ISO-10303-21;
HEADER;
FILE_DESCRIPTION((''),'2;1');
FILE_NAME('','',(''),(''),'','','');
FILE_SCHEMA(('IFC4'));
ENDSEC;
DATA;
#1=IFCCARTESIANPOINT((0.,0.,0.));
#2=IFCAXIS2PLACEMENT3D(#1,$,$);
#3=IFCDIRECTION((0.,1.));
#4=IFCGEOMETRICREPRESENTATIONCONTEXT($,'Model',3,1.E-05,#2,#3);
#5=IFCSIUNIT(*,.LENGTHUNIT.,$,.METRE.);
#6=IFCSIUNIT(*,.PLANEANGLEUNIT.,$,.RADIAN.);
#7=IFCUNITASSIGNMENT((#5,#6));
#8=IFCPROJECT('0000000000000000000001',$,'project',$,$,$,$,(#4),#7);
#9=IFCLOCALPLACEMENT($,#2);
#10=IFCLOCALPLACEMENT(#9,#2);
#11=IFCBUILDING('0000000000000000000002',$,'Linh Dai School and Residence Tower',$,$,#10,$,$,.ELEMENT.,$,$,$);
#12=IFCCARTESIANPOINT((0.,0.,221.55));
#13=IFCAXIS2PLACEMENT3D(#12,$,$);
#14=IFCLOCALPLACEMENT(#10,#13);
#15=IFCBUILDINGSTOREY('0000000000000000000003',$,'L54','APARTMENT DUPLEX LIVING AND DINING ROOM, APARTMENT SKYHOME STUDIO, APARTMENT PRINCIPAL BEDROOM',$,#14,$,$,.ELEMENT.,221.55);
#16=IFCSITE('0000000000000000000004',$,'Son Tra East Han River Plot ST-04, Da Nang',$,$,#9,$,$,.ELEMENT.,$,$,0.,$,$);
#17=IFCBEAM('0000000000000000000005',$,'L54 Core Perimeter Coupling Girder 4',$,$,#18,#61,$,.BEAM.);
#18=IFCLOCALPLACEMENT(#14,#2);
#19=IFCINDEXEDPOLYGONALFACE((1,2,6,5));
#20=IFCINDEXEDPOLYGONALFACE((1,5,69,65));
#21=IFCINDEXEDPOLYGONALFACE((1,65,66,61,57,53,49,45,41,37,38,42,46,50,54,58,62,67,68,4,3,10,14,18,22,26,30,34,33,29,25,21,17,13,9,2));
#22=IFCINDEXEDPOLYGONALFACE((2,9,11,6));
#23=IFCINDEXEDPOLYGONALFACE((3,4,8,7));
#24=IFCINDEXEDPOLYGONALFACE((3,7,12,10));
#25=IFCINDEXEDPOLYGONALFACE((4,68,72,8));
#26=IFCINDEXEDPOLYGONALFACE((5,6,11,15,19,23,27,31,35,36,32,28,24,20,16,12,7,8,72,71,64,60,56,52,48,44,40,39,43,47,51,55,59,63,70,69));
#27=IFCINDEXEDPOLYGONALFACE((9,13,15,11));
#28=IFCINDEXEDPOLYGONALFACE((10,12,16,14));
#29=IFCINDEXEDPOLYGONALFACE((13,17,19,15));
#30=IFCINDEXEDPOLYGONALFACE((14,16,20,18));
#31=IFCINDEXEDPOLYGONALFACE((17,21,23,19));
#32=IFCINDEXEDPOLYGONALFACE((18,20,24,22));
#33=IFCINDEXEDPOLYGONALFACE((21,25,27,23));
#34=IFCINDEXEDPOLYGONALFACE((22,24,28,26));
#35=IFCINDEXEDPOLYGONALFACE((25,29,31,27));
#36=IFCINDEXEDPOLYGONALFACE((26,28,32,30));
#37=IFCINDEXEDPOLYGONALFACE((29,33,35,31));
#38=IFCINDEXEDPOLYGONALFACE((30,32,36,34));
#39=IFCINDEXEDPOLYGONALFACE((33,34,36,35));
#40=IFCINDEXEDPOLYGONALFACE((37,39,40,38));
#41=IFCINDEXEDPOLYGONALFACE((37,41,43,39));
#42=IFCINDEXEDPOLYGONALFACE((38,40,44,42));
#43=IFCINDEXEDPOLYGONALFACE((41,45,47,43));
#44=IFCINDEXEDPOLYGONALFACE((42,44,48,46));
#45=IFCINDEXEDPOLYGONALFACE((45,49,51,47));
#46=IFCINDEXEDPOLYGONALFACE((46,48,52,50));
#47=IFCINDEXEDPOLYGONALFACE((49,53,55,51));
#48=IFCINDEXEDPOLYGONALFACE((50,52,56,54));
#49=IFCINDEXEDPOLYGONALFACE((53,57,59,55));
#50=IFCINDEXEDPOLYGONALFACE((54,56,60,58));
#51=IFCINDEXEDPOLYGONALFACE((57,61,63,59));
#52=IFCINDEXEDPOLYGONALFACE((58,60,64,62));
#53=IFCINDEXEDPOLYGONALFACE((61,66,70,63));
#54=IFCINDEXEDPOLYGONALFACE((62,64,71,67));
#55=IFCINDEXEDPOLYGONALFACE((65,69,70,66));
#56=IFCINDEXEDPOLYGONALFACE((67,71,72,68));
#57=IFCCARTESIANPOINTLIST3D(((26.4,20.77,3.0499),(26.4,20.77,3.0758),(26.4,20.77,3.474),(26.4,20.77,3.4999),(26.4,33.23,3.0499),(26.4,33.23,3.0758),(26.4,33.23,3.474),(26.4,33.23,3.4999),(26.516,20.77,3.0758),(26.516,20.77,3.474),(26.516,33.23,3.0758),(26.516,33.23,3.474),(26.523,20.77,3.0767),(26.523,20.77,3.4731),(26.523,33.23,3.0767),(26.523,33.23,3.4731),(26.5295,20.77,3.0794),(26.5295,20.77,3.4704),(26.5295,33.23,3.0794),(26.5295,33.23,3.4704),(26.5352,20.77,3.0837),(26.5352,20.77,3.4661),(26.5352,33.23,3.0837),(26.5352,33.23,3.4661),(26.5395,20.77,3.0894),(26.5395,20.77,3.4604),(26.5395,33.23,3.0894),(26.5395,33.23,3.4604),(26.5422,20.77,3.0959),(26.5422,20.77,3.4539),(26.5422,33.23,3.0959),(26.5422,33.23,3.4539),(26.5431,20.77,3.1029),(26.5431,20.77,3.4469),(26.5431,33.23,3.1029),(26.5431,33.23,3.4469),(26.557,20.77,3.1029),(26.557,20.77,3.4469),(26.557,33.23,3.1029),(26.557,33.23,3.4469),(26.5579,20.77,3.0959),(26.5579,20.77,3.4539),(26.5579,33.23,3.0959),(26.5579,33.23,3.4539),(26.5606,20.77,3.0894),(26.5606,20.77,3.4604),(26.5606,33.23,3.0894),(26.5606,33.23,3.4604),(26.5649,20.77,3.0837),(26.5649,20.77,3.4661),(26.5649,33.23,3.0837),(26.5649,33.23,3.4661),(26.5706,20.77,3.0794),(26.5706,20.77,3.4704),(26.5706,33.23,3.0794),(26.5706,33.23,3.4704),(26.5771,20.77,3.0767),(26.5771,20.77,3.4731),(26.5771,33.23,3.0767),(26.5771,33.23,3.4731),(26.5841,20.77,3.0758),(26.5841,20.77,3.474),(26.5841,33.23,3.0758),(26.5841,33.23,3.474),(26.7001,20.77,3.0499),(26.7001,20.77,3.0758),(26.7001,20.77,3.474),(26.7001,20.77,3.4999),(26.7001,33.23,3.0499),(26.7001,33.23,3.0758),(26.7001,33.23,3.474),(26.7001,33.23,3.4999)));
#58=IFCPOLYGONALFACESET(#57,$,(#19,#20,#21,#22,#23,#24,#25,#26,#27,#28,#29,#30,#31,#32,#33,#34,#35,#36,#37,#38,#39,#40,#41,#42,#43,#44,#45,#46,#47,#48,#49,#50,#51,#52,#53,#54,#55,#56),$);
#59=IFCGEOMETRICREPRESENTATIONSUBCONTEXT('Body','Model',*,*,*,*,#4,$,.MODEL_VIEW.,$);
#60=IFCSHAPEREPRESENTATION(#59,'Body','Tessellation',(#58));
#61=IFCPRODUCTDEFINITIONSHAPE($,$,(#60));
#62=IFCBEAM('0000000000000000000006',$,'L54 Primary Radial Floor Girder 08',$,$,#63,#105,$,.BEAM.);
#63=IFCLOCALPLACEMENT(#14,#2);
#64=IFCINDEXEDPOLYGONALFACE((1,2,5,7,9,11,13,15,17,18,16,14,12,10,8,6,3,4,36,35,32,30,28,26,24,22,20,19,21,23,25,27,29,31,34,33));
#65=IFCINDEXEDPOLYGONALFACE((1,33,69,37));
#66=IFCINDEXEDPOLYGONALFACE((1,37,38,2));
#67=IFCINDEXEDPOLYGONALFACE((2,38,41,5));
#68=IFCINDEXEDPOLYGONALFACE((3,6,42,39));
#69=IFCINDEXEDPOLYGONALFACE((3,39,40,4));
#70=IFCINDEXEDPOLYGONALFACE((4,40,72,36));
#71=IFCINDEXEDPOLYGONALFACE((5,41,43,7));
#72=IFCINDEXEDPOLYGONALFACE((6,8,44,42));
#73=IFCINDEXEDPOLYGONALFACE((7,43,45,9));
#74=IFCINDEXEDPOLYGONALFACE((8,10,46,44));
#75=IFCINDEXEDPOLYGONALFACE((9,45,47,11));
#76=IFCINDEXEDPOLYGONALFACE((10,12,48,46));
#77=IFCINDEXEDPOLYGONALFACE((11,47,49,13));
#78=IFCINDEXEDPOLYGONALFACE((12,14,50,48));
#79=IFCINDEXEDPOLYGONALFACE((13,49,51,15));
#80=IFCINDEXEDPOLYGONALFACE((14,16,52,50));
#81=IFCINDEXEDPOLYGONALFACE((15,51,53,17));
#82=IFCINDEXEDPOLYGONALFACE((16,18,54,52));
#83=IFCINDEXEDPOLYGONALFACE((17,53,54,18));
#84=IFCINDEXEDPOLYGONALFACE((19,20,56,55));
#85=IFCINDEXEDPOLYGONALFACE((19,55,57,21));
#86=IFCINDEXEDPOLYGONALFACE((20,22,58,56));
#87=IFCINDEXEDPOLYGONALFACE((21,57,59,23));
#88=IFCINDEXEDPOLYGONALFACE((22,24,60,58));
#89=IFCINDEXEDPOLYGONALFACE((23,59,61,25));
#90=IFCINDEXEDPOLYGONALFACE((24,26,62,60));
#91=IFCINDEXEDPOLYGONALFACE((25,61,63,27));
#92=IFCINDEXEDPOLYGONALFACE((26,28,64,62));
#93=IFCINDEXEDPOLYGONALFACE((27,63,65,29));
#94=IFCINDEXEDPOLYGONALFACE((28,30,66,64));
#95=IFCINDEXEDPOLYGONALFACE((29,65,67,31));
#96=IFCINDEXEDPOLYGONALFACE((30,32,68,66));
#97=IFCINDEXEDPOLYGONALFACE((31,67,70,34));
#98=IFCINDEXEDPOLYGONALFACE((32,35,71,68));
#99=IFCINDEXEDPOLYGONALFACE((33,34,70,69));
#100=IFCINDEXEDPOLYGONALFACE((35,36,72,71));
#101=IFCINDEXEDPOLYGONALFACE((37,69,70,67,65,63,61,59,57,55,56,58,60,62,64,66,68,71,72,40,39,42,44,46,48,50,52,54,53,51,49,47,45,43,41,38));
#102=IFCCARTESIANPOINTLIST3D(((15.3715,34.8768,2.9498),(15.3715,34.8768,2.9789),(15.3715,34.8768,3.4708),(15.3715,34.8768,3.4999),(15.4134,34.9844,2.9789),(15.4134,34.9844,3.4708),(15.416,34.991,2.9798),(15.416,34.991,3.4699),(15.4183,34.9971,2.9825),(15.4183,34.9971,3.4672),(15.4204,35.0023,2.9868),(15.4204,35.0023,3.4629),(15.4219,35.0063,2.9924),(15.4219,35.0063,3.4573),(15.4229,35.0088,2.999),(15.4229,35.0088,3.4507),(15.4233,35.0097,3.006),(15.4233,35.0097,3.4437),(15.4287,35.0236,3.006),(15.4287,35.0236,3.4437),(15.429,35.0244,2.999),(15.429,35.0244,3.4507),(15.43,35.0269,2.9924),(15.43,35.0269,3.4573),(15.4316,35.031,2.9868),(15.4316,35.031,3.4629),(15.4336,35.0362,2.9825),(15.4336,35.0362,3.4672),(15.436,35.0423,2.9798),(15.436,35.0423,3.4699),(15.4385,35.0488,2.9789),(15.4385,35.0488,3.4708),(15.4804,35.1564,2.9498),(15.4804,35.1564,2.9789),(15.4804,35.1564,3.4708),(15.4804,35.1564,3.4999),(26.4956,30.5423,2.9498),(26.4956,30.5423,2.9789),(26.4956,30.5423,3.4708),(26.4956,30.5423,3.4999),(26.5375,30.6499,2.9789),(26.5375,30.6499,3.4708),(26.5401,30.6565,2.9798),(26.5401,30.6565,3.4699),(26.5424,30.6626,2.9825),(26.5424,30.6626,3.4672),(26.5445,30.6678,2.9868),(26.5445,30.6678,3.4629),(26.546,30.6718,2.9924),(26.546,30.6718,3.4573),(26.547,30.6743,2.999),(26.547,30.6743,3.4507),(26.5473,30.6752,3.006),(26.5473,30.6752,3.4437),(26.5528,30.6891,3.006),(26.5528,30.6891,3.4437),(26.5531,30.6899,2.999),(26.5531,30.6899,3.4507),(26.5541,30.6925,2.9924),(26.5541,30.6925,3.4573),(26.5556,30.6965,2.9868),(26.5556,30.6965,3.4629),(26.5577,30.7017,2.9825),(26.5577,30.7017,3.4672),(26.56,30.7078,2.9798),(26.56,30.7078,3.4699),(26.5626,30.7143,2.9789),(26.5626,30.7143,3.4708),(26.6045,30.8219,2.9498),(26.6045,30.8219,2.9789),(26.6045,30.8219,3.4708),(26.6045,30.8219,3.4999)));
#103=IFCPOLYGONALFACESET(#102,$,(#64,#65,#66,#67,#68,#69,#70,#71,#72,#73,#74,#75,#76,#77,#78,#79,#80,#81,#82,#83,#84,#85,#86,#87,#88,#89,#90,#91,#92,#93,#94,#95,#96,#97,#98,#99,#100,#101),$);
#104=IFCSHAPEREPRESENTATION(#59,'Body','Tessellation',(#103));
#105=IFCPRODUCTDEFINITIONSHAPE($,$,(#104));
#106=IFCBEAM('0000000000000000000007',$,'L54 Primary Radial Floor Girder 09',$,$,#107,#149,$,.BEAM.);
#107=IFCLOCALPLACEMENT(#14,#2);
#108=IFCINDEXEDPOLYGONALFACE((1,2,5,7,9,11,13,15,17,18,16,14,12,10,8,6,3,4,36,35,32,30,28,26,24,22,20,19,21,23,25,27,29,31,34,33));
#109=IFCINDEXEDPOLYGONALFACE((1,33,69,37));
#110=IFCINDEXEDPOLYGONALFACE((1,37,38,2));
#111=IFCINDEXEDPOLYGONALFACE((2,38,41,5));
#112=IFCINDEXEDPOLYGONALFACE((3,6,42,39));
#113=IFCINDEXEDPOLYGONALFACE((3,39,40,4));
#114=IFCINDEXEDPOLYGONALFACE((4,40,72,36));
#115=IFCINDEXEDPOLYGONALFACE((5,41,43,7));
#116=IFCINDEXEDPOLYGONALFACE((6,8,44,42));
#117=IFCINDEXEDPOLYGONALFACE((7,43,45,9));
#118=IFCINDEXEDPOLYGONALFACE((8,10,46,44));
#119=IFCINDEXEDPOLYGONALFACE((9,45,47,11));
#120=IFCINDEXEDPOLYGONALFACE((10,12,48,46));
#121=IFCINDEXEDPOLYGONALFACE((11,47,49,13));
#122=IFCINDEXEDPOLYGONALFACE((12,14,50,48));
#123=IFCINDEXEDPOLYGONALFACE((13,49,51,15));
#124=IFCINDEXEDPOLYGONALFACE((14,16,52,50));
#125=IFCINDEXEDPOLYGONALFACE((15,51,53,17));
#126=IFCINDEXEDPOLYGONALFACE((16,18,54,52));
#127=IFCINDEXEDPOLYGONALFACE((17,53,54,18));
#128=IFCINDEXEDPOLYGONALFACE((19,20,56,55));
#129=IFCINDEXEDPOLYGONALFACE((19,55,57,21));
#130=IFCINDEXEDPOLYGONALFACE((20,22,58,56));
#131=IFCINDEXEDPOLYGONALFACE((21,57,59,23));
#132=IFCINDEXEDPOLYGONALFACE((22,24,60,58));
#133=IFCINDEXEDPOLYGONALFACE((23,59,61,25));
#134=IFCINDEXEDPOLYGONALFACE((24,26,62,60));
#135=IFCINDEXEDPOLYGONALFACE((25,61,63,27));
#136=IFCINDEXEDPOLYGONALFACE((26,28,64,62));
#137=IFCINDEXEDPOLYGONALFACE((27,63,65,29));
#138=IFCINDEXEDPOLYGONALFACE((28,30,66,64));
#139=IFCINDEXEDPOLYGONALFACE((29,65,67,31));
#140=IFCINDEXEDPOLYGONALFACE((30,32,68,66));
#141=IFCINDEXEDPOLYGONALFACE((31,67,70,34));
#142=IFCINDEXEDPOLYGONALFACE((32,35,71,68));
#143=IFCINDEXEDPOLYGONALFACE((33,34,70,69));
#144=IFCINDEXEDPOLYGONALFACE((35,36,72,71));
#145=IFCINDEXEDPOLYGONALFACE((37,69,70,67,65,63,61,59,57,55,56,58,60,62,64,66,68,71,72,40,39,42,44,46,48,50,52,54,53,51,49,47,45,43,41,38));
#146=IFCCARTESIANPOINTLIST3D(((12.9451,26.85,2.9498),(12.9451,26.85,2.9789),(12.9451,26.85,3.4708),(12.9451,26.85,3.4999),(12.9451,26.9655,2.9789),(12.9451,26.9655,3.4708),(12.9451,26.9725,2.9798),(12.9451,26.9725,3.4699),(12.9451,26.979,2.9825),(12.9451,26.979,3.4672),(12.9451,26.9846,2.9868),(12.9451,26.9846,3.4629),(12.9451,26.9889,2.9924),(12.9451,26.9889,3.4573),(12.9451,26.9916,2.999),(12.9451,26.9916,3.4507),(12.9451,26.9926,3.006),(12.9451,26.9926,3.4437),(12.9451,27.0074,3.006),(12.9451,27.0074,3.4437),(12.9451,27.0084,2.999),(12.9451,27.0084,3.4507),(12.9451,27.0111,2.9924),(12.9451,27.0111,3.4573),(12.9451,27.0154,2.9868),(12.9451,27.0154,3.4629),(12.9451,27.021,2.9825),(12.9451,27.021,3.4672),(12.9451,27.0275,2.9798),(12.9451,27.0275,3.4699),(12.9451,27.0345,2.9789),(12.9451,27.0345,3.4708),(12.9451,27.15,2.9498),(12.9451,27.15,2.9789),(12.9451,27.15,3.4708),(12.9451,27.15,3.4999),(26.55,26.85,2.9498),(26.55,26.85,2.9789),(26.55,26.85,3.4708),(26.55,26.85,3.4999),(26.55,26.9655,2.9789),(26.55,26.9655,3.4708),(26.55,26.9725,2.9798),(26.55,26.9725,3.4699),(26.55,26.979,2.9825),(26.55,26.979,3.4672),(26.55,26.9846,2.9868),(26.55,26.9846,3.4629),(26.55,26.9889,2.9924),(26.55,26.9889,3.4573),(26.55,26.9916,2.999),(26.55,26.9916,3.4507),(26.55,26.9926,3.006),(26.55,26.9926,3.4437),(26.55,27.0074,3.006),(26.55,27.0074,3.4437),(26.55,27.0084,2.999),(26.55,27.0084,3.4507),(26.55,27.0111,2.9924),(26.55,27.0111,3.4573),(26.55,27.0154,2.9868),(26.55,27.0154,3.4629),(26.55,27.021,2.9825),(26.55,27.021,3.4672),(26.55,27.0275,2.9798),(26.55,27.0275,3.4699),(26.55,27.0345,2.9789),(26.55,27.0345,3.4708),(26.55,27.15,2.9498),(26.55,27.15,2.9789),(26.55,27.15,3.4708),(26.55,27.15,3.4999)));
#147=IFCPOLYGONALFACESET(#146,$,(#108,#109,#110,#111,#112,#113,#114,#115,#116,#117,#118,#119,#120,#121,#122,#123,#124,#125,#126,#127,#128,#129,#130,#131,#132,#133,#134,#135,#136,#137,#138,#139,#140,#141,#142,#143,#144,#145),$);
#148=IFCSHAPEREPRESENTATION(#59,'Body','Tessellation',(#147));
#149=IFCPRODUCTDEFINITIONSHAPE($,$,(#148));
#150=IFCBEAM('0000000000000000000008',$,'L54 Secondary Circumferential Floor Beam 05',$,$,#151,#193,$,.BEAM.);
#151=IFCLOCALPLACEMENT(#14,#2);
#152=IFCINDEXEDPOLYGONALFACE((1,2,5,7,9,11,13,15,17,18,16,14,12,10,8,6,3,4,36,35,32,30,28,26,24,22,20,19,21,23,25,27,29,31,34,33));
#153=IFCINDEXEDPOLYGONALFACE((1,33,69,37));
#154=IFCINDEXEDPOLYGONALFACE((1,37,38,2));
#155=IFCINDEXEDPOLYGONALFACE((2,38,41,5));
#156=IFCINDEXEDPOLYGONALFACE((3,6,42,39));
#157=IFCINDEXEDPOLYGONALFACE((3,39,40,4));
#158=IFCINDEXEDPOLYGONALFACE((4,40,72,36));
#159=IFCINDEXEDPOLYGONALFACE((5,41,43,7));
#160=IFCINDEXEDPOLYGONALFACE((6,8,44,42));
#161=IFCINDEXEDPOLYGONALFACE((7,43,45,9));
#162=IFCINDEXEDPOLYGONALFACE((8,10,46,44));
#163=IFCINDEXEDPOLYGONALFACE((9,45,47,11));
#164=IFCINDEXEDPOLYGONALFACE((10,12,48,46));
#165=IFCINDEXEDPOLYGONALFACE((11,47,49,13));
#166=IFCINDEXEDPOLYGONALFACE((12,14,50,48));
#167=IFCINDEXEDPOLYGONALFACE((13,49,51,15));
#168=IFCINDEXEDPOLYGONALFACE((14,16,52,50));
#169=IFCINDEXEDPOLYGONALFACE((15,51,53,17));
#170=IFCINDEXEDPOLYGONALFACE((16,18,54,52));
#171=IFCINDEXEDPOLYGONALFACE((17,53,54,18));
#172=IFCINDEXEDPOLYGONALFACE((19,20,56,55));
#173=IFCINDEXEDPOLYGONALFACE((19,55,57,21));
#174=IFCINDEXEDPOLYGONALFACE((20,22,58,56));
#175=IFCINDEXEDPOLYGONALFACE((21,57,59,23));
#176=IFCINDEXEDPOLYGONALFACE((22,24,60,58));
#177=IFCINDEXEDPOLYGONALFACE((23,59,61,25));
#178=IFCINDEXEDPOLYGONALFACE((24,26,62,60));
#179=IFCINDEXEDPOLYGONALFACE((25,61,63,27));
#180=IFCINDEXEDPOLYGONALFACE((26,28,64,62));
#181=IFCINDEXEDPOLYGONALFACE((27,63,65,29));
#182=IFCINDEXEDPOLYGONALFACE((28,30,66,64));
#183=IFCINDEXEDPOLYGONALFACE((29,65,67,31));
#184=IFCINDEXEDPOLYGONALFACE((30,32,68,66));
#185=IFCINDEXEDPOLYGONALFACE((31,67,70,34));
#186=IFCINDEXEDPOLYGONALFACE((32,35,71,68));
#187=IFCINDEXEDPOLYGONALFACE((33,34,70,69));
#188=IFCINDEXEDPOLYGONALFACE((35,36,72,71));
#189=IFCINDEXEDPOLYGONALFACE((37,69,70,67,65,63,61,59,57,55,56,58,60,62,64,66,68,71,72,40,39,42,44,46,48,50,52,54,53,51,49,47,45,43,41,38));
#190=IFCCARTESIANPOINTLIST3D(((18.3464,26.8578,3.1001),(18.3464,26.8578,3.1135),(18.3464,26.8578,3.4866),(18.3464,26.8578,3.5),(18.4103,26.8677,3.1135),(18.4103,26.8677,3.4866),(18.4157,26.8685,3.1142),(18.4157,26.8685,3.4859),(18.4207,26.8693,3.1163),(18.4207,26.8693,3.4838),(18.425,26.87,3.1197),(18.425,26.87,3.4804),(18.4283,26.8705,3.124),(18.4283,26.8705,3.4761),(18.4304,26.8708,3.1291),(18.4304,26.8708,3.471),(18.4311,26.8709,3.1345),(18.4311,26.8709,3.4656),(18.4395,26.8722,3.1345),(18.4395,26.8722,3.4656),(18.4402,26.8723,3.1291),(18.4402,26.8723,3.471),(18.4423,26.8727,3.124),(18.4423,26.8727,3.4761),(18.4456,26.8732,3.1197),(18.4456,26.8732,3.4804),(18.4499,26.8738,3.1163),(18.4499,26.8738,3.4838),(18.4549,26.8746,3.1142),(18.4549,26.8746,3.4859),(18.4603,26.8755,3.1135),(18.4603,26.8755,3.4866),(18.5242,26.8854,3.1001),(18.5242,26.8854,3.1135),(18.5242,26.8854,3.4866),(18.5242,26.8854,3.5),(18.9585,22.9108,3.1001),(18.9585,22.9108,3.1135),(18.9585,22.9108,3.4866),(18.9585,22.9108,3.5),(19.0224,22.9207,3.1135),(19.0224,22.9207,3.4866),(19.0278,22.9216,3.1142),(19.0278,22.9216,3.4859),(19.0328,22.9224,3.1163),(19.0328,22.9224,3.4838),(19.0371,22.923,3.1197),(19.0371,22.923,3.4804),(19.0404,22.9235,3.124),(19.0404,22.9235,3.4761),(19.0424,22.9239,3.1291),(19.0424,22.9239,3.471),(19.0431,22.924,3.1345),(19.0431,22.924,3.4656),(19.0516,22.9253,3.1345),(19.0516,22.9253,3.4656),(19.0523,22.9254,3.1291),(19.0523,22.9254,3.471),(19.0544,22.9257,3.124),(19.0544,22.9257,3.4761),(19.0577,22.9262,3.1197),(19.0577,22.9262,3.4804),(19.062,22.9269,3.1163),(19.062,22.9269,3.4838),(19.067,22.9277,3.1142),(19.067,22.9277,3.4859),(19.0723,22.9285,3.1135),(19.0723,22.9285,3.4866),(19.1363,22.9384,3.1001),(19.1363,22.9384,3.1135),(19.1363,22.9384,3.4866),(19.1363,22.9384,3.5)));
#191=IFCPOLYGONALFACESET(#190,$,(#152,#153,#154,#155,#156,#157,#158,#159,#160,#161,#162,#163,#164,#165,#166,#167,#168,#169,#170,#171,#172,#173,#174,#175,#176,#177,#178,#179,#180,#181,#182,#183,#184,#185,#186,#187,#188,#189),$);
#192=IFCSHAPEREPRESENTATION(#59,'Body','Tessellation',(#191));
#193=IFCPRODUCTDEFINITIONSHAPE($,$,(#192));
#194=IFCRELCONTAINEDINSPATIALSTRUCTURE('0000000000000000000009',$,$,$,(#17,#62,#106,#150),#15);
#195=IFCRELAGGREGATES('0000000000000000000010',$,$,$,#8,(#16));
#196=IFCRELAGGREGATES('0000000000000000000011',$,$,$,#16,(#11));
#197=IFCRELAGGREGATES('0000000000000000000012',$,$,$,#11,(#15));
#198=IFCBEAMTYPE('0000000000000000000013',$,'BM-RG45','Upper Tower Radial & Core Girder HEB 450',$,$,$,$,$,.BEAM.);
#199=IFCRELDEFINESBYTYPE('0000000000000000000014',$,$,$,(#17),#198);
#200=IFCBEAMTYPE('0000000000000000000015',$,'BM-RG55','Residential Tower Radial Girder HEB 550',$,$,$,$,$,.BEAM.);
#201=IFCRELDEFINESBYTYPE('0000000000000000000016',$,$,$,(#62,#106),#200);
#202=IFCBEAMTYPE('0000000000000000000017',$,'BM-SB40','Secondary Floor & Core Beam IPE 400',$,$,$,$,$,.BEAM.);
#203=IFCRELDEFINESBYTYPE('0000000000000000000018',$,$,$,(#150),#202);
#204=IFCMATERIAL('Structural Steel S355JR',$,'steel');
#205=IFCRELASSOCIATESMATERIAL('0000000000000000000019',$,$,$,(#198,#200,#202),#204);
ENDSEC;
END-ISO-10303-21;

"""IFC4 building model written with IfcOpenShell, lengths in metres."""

from ifc_helpers import new_model, si_unit, direction, frame, origin, origin_2d, place, context, subcontext, project, spatial, i_section, extrude, material, material_profile, profile_set, type_object, element, save


model = new_model("IFC4")

# Units and contexts
model_context = context("Model", 3, precision=1e-05, world=origin(), true_north=direction((0.0, 1.0)))
body_context = subcontext(model_context, "Body", "Model", "MODEL_VIEW")
ifc_project = project(units=[si_unit("LENGTHUNIT", "METRE"), si_unit("PLANEANGLEUNIT", "RADIAN")], contexts=[model_context])

# Site, building, storey
site_placement = place(None, origin())
site = spatial("IfcSite", under=ifc_project, at=site_placement, Name="Son Tra East Han River Plot ST-04, Da Nang", CompositionType="ELEMENT", RefElevation=0.0)
building_placement = place(site_placement, origin())
building = spatial("IfcBuilding", under=site, at=building_placement, Name="Linh Dai School and Residence Tower", CompositionType="ELEMENT")
storey_placement = place(building_placement, frame((0.0, 0.0, 221.55)))
storey = spatial("IfcBuildingStorey", under=building, at=storey_placement, Name="L54", Description="APARTMENT DUPLEX LIVING AND DINING ROOM, APARTMENT SKYHOME STUDIO, APARTMENT PRINCIPAL BEDROOM", CompositionType="ELEMENT", Elevation=221.55)

# Shared definitions
ifc_material_1 = material(Name="Structural Steel S355JR", Category="steel")

# Beams
ifc_material_profile_1 = material_profile(ifc_material_1, i_section(OverallWidth=0.3, OverallDepth=0.45, WebThickness=0.0139, FlangeThickness=0.0259, FilletRadius=0.0271, at=origin_2d()), Name="HEB 450")
ifc_profile_set_1 = profile_set([ifc_material_profile_1], Name="Structural Steel S355JR")
beam_type_1 = type_object("IfcBeamType", Name="BM-RG45", Description="Upper Tower Radial & Core Girder HEB 450", PredefinedType="BEAM", material=ifc_profile_set_1)
beam_1_placement = place(storey_placement, frame((26.55, 33.23, 3.2749), z_axis=(0.0, -1.0, 0.0), x_axis=(1.0, 0.0, 0.0)))
element("IfcBeam", 1, at=beam_1_placement, inside=storey, type_object=beam_type_1, Name="L54 Core Perimeter Coupling Girder 4", PredefinedType="BEAM", context=body_context, shape_type="SweptSolid", body=[
    extrude(i_section(OverallWidth=0.3, OverallDepth=0.45, WebThickness=0.0139, FlangeThickness=0.0259, FilletRadius=0.0271, at=origin_2d()), origin(), (0.0, 0.0, 1.0), 12.46),
])
ifc_material_profile_2 = material_profile(ifc_material_1, i_section(OverallWidth=0.3, OverallDepth=0.55, WebThickness=0.0149, FlangeThickness=0.0291, FilletRadius=0.0271, at=origin_2d()), Name="HEB 550")
ifc_profile_set_2 = profile_set([ifc_material_profile_2], Name="Structural Steel S355JR")
beam_type_2 = type_object("IfcBeamType", Name="BM-RG55", Description="Residential Tower Radial Girder HEB 550", PredefinedType="BEAM", material=ifc_profile_set_2)
beam_2_placement = place(storey_placement, frame((26.55, 30.6821, 3.2249), z_axis=(-0.931765, 0.363062, 0.0), x_axis=(-0.363062, -0.931765, 0.0)))
element("IfcBeam", 2, at=beam_2_placement, inside=storey, type_object=beam_type_2, Name="L54 Primary Radial Floor Girder 08", PredefinedType="BEAM", context=body_context, shape_type="SweptSolid", body=[
    extrude(i_section(OverallWidth=0.3, OverallDepth=0.55, WebThickness=0.0149, FlangeThickness=0.0291, FilletRadius=0.0271, at=origin_2d()), origin(), (0.0, 0.0, 1.0), 11.9387),
])
beam_3_placement = place(storey_placement, frame((26.55, 27.0, 3.2249), z_axis=(-1.0, 0.0, 0.0), x_axis=(0.0, -1.0, 0.0)))
element("IfcBeam", 3, at=beam_3_placement, inside=storey, type_object=beam_type_2, Name="L54 Primary Radial Floor Girder 09", PredefinedType="BEAM", context=body_context, shape_type="SweptSolid", body=[
    extrude(i_section(OverallWidth=0.3, OverallDepth=0.55, WebThickness=0.0149, FlangeThickness=0.0291, FilletRadius=0.0271, at=origin_2d()), origin(), (0.0, 0.0, 1.0), 13.605),
])
ifc_material_profile_3 = material_profile(ifc_material_1, i_section(OverallWidth=0.1799, OverallDepth=0.3999, WebThickness=0.0085, FlangeThickness=0.0134, FilletRadius=0.021, at=origin_2d()), Name="IPE 400")
ifc_profile_set_3 = profile_set([ifc_material_profile_3], Name="Structural Steel S355JR")
beam_type_3 = type_object("IfcBeamType", Name="BM-SB40", Description="Secondary Floor & Core Beam IPE 400", PredefinedType="BEAM", material=ifc_profile_set_3)
beam_4_placement = place(storey_placement, frame((18.4353, 26.8716, 3.3), z_axis=(0.153238, -0.988189, 0.0), x_axis=(0.988189, 0.153238, 0.0)))
element("IfcBeam", 4, at=beam_4_placement, inside=storey, type_object=beam_type_3, Name="L54 Secondary Circumferential Floor Beam 05", PredefinedType="BEAM", context=body_context, shape_type="SweptSolid", body=[
    extrude(i_section(OverallWidth=0.1799, OverallDepth=0.3999, WebThickness=0.0085, FlangeThickness=0.0134, FilletRadius=0.021, at=origin_2d()), origin(), (0.0, 0.0, 1.0), 3.9941),
])

save(model, "model.ifc")
